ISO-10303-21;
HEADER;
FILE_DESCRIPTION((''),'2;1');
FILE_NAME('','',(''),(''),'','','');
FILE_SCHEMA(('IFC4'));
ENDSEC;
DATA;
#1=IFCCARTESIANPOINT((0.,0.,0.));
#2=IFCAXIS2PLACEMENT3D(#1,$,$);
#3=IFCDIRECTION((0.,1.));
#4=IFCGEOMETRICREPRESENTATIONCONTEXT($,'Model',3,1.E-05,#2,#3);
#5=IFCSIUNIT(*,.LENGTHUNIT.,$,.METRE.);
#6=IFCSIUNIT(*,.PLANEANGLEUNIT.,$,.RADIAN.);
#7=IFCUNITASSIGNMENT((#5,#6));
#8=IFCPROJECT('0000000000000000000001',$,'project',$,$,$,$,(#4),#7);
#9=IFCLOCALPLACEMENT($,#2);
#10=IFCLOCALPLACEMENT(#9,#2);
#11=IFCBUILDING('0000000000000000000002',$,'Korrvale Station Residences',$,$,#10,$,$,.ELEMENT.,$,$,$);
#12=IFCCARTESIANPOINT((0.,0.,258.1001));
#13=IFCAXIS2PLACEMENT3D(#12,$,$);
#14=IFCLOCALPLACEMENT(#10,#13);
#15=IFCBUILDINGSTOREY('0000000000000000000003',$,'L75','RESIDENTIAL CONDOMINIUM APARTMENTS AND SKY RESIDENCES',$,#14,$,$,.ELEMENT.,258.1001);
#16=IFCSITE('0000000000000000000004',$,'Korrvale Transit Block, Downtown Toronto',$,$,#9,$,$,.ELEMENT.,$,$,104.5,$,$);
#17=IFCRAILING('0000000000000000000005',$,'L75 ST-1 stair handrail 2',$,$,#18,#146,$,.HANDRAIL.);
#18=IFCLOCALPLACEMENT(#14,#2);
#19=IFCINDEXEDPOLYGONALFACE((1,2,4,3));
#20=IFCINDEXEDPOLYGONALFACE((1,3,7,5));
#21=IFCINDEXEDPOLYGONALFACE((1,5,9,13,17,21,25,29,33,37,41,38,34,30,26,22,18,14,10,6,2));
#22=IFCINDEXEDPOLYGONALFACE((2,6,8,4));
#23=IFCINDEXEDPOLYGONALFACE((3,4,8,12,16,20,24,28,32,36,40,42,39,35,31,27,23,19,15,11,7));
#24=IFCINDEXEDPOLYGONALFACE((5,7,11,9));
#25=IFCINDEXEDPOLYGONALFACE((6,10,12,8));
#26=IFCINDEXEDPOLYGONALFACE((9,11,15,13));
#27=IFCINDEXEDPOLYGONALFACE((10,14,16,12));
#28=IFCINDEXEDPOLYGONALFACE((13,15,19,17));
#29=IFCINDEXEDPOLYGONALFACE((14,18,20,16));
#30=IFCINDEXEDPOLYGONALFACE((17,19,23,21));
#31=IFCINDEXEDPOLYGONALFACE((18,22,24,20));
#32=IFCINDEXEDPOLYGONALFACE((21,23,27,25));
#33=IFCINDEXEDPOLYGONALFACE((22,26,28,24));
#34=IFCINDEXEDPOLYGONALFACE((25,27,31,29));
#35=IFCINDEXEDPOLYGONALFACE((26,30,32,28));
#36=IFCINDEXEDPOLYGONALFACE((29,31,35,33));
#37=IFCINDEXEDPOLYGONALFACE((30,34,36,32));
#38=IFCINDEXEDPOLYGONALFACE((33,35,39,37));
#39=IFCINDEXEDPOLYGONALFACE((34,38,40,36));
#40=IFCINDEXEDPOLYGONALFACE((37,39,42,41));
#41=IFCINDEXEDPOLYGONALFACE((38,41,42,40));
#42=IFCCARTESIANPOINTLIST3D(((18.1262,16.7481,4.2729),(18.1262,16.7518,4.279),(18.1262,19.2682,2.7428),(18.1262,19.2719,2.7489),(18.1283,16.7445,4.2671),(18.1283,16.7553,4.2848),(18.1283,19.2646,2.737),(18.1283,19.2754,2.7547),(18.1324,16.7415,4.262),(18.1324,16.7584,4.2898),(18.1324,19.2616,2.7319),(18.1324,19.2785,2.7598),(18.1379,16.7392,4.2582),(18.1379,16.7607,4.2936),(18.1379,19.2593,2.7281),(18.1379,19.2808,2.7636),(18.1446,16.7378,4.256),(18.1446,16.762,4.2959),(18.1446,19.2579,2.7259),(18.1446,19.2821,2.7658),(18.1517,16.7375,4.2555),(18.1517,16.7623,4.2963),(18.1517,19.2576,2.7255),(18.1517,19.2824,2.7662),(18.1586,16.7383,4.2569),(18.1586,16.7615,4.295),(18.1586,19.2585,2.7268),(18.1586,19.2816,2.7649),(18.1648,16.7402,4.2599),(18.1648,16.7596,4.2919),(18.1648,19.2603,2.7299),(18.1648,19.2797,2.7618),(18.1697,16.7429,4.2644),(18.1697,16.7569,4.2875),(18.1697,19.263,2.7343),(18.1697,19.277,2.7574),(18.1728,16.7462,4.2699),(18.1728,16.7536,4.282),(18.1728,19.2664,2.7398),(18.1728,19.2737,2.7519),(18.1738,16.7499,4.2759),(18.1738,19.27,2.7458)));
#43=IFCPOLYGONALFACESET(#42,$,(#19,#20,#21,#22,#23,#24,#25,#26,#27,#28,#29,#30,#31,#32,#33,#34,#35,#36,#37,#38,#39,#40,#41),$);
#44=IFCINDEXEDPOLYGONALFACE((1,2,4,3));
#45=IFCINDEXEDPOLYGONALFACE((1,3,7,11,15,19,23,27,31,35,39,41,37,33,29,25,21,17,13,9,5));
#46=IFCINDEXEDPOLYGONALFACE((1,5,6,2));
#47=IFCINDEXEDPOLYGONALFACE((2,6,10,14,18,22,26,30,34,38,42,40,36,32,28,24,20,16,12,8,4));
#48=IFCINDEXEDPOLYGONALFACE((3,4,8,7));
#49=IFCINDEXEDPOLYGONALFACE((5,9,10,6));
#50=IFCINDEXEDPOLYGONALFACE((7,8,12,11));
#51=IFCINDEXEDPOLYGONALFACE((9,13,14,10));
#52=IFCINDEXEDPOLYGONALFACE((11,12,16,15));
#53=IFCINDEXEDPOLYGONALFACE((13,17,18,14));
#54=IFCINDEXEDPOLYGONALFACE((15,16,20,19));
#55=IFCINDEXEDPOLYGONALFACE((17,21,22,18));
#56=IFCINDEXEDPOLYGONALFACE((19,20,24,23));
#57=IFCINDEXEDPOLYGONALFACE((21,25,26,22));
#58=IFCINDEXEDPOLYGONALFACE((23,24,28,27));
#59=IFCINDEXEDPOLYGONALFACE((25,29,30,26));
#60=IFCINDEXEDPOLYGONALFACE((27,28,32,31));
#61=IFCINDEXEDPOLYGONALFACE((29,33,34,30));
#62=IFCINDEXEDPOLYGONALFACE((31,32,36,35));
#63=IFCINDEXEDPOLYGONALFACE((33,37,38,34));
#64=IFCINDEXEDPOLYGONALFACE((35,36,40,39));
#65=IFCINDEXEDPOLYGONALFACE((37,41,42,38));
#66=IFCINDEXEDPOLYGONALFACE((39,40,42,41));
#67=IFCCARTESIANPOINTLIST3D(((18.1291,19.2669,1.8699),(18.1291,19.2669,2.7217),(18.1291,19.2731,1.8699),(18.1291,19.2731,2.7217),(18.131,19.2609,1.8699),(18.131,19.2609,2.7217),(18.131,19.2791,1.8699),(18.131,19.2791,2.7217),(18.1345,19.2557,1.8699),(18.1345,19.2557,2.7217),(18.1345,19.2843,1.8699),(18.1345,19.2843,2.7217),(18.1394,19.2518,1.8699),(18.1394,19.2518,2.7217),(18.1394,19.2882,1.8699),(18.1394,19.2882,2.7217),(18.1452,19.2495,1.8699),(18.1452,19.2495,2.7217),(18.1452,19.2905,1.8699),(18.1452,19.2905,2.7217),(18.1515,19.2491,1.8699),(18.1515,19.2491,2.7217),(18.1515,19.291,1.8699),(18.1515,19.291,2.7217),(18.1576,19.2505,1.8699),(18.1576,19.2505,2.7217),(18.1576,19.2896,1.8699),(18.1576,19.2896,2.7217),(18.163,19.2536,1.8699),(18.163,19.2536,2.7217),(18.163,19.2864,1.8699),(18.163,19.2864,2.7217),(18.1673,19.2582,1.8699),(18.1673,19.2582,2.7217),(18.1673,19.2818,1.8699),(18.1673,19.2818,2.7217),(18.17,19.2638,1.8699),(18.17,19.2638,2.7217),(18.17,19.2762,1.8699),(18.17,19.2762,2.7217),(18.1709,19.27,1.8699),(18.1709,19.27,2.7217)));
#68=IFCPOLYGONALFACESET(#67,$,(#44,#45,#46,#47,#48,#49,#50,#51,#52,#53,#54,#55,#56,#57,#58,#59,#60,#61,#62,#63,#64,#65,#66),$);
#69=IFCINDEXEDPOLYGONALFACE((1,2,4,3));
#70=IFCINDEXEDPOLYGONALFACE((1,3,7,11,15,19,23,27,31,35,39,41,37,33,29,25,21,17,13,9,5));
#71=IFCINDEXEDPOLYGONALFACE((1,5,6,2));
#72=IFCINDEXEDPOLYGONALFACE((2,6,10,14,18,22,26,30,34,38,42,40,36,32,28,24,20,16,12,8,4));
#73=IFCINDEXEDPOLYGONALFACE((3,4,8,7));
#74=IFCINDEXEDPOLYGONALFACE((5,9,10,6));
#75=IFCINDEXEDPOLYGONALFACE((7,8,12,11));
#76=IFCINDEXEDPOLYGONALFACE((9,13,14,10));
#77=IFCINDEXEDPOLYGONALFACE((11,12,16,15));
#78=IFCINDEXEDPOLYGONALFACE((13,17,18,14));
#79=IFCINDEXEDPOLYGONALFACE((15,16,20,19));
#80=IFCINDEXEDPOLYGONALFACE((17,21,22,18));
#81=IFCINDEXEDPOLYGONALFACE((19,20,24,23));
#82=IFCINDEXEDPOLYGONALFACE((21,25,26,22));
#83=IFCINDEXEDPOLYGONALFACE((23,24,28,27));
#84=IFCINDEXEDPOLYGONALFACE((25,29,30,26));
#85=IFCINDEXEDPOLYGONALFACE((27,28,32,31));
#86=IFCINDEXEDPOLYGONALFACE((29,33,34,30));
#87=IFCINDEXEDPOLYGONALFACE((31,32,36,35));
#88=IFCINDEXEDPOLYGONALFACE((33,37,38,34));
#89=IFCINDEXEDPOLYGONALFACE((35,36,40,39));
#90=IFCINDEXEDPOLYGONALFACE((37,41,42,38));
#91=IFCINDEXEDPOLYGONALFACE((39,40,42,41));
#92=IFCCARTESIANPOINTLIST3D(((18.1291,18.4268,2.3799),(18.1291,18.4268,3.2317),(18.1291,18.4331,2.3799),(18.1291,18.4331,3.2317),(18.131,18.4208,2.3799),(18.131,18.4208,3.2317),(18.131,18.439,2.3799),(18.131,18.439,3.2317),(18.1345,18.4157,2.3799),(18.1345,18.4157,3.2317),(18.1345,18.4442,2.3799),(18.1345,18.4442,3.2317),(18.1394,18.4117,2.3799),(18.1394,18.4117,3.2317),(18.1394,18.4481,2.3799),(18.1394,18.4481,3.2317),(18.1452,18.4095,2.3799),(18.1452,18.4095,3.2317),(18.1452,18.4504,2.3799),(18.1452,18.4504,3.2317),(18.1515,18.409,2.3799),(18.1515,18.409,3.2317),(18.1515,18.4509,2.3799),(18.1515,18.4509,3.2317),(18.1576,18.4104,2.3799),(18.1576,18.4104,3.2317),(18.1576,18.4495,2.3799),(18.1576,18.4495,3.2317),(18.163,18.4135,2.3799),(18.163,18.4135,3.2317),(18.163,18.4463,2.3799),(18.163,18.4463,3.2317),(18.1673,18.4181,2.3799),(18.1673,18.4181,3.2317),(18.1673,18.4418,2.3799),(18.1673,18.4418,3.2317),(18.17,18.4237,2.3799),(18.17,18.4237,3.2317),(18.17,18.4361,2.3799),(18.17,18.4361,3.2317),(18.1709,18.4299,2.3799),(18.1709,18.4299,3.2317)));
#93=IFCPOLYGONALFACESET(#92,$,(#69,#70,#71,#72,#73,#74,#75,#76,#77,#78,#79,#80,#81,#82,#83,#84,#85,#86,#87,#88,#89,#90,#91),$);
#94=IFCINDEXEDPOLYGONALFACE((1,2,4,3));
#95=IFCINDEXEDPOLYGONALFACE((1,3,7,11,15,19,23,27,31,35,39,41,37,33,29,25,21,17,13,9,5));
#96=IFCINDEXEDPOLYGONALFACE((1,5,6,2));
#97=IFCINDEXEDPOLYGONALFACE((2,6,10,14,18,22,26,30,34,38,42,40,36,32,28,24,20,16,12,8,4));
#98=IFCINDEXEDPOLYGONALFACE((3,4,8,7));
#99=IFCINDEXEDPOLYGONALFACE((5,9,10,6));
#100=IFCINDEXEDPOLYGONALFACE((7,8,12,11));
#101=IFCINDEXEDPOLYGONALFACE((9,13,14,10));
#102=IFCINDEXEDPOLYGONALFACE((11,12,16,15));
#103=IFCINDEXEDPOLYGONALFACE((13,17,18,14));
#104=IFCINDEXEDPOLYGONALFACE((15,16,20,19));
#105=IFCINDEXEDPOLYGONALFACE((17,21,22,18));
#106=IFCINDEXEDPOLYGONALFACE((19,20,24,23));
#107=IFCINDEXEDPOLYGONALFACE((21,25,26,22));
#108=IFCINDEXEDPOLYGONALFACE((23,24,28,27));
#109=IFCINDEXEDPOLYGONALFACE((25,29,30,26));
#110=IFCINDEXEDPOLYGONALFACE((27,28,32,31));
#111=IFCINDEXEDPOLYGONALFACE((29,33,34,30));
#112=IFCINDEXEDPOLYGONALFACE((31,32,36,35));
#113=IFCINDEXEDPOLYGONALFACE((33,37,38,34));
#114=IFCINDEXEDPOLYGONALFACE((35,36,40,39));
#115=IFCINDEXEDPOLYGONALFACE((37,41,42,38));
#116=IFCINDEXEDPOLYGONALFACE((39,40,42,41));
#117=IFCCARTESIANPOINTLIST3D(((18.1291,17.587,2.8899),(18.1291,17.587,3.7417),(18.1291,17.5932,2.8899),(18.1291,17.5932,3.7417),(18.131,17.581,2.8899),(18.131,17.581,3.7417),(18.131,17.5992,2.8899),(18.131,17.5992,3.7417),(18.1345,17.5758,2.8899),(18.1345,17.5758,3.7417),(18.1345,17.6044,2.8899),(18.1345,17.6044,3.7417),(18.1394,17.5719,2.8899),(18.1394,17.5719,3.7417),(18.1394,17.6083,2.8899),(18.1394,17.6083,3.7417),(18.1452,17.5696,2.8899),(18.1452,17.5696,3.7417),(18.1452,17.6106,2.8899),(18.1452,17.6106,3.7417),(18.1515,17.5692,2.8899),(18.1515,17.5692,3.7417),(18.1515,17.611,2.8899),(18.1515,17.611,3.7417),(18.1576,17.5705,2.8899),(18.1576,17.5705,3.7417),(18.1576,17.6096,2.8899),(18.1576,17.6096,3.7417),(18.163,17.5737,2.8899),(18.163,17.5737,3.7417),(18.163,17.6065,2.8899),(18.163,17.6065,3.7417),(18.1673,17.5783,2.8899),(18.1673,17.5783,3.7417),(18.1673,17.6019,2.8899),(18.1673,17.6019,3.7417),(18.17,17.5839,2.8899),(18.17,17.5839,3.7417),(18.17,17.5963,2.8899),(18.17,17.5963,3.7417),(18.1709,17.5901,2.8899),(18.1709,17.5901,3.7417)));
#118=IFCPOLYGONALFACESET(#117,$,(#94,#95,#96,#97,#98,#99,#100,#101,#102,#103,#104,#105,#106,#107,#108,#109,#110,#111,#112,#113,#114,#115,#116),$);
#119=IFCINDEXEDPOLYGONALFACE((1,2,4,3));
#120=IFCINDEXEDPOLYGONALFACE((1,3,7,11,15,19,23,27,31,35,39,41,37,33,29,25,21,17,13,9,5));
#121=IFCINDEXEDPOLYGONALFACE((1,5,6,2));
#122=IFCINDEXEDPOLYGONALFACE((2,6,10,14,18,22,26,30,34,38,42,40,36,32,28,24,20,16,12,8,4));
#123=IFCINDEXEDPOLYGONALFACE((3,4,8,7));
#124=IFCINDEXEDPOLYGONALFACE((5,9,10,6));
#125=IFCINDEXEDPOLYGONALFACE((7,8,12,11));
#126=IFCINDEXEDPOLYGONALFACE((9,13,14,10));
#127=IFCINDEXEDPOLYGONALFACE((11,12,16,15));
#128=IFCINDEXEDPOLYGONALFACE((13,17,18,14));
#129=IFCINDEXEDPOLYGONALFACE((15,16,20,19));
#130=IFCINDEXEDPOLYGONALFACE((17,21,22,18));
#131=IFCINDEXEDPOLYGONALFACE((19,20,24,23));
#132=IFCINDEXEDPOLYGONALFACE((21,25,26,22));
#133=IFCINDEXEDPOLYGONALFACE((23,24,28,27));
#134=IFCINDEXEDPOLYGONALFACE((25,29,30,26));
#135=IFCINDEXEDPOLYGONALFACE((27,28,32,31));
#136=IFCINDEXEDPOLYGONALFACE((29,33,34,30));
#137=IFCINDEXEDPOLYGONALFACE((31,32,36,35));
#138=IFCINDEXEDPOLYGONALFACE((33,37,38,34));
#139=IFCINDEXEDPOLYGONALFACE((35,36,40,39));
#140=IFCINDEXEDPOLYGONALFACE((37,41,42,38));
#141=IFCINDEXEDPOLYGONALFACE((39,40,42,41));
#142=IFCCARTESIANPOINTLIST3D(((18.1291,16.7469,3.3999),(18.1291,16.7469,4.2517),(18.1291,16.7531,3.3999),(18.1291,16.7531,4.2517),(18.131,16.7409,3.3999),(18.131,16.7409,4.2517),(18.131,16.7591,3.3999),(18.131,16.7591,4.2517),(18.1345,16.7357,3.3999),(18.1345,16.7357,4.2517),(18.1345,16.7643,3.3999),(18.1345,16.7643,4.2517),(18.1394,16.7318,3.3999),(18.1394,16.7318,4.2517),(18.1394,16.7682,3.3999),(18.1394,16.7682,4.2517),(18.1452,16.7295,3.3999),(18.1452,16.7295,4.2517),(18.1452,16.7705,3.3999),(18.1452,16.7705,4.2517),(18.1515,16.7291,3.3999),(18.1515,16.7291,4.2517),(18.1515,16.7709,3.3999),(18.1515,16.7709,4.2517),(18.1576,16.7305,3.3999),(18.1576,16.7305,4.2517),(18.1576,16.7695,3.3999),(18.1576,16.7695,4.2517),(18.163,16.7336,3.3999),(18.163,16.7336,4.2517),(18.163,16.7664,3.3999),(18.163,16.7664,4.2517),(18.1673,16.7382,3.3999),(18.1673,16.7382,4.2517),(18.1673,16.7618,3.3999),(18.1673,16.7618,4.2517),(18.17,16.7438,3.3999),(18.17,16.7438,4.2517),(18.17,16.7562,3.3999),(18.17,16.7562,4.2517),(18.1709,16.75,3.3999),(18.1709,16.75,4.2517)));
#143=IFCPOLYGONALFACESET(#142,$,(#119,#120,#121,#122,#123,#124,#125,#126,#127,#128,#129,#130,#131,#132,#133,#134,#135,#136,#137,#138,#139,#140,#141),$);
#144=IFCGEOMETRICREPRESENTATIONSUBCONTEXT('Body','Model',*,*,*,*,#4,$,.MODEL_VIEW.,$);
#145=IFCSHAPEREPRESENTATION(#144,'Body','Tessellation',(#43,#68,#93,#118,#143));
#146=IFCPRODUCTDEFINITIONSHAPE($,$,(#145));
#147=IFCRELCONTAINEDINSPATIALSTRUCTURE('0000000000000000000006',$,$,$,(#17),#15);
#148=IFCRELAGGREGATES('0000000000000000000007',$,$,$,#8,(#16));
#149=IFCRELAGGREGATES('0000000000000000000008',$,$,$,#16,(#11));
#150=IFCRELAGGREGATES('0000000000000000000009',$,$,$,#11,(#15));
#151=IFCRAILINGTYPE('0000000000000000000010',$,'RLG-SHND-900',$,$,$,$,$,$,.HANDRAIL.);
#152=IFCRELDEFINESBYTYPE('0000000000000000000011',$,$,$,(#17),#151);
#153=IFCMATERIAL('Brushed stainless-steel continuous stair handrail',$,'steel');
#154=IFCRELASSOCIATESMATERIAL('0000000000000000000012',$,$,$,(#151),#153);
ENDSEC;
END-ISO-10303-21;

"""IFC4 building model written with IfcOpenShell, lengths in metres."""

from ifc_helpers import new_model, si_unit, direction, frame, origin, origin_2d, place, context, subcontext, project, spatial, circle, extrude, material, type_object, element, save


model = new_model("IFC4")

# Units and contexts
model_context = context("Model", 3, precision=1e-05, world=origin(), true_north=direction((0.0, 1.0)))
body_context = subcontext(model_context, "Body", "Model", "MODEL_VIEW")
ifc_project = project(units=[si_unit("LENGTHUNIT", "METRE"), si_unit("PLANEANGLEUNIT", "RADIAN")], contexts=[model_context])

# Site, building, storey
site_placement = place(None, origin())
site = spatial("IfcSite", under=ifc_project, at=site_placement, Name="Korrvale Transit Block, Downtown Toronto", CompositionType="ELEMENT", RefElevation=104.5)
building_placement = place(site_placement, origin())
building = spatial("IfcBuilding", under=site, at=building_placement, Name="Korrvale Station Residences", CompositionType="ELEMENT")
storey_placement = place(building_placement, frame((0.0, 0.0, 258.1001)))
storey = spatial("IfcBuildingStorey", under=building, at=storey_placement, Name="L75", Description="RESIDENTIAL CONDOMINIUM APARTMENTS AND SKY RESIDENCES", CompositionType="ELEMENT", Elevation=258.1001)

# Railing
ifc_material_1 = material(Name="Brushed stainless-steel continuous stair handrail", Category="steel")
railing_type_1 = type_object("IfcRailingType", Name="RLG-SHND-900", PredefinedType="HANDRAIL", material=ifc_material_1)
railing_1_placement = place(storey_placement, frame((18.1499, 19.27, 1.8699)))
element("IfcRailing", 1, at=railing_1_placement, inside=storey, type_object=railing_type_1, Name="L75 ST-1 stair handrail 2", PredefinedType="HANDRAIL", context=body_context, shape_type="SweptSolid", body=[
    extrude(circle(Radius=0.0239, at=origin_2d()), frame((0.0, 0.0, 0.876), z_axis=(0.0, -0.854785, 0.518982), x_axis=(1.0, 0.0, 0.0)), (0.0, 0.0, 1.0), 2.9482),
    extrude(circle(Radius=0.021, at=origin_2d()), origin(), (0.0, 0.0, 1.0), 0.8518),
    extrude(circle(Radius=0.021, at=origin_2d()), frame((0.0, -0.8401, 0.51)), (0.0, 0.0, 1.0), 0.8518),
    extrude(circle(Radius=0.021, at=origin_2d()), frame((0.0, -1.6799, 1.02)), (0.0, 0.0, 1.0), 0.8518),
    extrude(circle(Radius=0.021, at=origin_2d()), frame((0.0, -2.52, 1.53)), (0.0, 0.0, 1.0), 0.8518),
])

save(model, "model.ifc")
